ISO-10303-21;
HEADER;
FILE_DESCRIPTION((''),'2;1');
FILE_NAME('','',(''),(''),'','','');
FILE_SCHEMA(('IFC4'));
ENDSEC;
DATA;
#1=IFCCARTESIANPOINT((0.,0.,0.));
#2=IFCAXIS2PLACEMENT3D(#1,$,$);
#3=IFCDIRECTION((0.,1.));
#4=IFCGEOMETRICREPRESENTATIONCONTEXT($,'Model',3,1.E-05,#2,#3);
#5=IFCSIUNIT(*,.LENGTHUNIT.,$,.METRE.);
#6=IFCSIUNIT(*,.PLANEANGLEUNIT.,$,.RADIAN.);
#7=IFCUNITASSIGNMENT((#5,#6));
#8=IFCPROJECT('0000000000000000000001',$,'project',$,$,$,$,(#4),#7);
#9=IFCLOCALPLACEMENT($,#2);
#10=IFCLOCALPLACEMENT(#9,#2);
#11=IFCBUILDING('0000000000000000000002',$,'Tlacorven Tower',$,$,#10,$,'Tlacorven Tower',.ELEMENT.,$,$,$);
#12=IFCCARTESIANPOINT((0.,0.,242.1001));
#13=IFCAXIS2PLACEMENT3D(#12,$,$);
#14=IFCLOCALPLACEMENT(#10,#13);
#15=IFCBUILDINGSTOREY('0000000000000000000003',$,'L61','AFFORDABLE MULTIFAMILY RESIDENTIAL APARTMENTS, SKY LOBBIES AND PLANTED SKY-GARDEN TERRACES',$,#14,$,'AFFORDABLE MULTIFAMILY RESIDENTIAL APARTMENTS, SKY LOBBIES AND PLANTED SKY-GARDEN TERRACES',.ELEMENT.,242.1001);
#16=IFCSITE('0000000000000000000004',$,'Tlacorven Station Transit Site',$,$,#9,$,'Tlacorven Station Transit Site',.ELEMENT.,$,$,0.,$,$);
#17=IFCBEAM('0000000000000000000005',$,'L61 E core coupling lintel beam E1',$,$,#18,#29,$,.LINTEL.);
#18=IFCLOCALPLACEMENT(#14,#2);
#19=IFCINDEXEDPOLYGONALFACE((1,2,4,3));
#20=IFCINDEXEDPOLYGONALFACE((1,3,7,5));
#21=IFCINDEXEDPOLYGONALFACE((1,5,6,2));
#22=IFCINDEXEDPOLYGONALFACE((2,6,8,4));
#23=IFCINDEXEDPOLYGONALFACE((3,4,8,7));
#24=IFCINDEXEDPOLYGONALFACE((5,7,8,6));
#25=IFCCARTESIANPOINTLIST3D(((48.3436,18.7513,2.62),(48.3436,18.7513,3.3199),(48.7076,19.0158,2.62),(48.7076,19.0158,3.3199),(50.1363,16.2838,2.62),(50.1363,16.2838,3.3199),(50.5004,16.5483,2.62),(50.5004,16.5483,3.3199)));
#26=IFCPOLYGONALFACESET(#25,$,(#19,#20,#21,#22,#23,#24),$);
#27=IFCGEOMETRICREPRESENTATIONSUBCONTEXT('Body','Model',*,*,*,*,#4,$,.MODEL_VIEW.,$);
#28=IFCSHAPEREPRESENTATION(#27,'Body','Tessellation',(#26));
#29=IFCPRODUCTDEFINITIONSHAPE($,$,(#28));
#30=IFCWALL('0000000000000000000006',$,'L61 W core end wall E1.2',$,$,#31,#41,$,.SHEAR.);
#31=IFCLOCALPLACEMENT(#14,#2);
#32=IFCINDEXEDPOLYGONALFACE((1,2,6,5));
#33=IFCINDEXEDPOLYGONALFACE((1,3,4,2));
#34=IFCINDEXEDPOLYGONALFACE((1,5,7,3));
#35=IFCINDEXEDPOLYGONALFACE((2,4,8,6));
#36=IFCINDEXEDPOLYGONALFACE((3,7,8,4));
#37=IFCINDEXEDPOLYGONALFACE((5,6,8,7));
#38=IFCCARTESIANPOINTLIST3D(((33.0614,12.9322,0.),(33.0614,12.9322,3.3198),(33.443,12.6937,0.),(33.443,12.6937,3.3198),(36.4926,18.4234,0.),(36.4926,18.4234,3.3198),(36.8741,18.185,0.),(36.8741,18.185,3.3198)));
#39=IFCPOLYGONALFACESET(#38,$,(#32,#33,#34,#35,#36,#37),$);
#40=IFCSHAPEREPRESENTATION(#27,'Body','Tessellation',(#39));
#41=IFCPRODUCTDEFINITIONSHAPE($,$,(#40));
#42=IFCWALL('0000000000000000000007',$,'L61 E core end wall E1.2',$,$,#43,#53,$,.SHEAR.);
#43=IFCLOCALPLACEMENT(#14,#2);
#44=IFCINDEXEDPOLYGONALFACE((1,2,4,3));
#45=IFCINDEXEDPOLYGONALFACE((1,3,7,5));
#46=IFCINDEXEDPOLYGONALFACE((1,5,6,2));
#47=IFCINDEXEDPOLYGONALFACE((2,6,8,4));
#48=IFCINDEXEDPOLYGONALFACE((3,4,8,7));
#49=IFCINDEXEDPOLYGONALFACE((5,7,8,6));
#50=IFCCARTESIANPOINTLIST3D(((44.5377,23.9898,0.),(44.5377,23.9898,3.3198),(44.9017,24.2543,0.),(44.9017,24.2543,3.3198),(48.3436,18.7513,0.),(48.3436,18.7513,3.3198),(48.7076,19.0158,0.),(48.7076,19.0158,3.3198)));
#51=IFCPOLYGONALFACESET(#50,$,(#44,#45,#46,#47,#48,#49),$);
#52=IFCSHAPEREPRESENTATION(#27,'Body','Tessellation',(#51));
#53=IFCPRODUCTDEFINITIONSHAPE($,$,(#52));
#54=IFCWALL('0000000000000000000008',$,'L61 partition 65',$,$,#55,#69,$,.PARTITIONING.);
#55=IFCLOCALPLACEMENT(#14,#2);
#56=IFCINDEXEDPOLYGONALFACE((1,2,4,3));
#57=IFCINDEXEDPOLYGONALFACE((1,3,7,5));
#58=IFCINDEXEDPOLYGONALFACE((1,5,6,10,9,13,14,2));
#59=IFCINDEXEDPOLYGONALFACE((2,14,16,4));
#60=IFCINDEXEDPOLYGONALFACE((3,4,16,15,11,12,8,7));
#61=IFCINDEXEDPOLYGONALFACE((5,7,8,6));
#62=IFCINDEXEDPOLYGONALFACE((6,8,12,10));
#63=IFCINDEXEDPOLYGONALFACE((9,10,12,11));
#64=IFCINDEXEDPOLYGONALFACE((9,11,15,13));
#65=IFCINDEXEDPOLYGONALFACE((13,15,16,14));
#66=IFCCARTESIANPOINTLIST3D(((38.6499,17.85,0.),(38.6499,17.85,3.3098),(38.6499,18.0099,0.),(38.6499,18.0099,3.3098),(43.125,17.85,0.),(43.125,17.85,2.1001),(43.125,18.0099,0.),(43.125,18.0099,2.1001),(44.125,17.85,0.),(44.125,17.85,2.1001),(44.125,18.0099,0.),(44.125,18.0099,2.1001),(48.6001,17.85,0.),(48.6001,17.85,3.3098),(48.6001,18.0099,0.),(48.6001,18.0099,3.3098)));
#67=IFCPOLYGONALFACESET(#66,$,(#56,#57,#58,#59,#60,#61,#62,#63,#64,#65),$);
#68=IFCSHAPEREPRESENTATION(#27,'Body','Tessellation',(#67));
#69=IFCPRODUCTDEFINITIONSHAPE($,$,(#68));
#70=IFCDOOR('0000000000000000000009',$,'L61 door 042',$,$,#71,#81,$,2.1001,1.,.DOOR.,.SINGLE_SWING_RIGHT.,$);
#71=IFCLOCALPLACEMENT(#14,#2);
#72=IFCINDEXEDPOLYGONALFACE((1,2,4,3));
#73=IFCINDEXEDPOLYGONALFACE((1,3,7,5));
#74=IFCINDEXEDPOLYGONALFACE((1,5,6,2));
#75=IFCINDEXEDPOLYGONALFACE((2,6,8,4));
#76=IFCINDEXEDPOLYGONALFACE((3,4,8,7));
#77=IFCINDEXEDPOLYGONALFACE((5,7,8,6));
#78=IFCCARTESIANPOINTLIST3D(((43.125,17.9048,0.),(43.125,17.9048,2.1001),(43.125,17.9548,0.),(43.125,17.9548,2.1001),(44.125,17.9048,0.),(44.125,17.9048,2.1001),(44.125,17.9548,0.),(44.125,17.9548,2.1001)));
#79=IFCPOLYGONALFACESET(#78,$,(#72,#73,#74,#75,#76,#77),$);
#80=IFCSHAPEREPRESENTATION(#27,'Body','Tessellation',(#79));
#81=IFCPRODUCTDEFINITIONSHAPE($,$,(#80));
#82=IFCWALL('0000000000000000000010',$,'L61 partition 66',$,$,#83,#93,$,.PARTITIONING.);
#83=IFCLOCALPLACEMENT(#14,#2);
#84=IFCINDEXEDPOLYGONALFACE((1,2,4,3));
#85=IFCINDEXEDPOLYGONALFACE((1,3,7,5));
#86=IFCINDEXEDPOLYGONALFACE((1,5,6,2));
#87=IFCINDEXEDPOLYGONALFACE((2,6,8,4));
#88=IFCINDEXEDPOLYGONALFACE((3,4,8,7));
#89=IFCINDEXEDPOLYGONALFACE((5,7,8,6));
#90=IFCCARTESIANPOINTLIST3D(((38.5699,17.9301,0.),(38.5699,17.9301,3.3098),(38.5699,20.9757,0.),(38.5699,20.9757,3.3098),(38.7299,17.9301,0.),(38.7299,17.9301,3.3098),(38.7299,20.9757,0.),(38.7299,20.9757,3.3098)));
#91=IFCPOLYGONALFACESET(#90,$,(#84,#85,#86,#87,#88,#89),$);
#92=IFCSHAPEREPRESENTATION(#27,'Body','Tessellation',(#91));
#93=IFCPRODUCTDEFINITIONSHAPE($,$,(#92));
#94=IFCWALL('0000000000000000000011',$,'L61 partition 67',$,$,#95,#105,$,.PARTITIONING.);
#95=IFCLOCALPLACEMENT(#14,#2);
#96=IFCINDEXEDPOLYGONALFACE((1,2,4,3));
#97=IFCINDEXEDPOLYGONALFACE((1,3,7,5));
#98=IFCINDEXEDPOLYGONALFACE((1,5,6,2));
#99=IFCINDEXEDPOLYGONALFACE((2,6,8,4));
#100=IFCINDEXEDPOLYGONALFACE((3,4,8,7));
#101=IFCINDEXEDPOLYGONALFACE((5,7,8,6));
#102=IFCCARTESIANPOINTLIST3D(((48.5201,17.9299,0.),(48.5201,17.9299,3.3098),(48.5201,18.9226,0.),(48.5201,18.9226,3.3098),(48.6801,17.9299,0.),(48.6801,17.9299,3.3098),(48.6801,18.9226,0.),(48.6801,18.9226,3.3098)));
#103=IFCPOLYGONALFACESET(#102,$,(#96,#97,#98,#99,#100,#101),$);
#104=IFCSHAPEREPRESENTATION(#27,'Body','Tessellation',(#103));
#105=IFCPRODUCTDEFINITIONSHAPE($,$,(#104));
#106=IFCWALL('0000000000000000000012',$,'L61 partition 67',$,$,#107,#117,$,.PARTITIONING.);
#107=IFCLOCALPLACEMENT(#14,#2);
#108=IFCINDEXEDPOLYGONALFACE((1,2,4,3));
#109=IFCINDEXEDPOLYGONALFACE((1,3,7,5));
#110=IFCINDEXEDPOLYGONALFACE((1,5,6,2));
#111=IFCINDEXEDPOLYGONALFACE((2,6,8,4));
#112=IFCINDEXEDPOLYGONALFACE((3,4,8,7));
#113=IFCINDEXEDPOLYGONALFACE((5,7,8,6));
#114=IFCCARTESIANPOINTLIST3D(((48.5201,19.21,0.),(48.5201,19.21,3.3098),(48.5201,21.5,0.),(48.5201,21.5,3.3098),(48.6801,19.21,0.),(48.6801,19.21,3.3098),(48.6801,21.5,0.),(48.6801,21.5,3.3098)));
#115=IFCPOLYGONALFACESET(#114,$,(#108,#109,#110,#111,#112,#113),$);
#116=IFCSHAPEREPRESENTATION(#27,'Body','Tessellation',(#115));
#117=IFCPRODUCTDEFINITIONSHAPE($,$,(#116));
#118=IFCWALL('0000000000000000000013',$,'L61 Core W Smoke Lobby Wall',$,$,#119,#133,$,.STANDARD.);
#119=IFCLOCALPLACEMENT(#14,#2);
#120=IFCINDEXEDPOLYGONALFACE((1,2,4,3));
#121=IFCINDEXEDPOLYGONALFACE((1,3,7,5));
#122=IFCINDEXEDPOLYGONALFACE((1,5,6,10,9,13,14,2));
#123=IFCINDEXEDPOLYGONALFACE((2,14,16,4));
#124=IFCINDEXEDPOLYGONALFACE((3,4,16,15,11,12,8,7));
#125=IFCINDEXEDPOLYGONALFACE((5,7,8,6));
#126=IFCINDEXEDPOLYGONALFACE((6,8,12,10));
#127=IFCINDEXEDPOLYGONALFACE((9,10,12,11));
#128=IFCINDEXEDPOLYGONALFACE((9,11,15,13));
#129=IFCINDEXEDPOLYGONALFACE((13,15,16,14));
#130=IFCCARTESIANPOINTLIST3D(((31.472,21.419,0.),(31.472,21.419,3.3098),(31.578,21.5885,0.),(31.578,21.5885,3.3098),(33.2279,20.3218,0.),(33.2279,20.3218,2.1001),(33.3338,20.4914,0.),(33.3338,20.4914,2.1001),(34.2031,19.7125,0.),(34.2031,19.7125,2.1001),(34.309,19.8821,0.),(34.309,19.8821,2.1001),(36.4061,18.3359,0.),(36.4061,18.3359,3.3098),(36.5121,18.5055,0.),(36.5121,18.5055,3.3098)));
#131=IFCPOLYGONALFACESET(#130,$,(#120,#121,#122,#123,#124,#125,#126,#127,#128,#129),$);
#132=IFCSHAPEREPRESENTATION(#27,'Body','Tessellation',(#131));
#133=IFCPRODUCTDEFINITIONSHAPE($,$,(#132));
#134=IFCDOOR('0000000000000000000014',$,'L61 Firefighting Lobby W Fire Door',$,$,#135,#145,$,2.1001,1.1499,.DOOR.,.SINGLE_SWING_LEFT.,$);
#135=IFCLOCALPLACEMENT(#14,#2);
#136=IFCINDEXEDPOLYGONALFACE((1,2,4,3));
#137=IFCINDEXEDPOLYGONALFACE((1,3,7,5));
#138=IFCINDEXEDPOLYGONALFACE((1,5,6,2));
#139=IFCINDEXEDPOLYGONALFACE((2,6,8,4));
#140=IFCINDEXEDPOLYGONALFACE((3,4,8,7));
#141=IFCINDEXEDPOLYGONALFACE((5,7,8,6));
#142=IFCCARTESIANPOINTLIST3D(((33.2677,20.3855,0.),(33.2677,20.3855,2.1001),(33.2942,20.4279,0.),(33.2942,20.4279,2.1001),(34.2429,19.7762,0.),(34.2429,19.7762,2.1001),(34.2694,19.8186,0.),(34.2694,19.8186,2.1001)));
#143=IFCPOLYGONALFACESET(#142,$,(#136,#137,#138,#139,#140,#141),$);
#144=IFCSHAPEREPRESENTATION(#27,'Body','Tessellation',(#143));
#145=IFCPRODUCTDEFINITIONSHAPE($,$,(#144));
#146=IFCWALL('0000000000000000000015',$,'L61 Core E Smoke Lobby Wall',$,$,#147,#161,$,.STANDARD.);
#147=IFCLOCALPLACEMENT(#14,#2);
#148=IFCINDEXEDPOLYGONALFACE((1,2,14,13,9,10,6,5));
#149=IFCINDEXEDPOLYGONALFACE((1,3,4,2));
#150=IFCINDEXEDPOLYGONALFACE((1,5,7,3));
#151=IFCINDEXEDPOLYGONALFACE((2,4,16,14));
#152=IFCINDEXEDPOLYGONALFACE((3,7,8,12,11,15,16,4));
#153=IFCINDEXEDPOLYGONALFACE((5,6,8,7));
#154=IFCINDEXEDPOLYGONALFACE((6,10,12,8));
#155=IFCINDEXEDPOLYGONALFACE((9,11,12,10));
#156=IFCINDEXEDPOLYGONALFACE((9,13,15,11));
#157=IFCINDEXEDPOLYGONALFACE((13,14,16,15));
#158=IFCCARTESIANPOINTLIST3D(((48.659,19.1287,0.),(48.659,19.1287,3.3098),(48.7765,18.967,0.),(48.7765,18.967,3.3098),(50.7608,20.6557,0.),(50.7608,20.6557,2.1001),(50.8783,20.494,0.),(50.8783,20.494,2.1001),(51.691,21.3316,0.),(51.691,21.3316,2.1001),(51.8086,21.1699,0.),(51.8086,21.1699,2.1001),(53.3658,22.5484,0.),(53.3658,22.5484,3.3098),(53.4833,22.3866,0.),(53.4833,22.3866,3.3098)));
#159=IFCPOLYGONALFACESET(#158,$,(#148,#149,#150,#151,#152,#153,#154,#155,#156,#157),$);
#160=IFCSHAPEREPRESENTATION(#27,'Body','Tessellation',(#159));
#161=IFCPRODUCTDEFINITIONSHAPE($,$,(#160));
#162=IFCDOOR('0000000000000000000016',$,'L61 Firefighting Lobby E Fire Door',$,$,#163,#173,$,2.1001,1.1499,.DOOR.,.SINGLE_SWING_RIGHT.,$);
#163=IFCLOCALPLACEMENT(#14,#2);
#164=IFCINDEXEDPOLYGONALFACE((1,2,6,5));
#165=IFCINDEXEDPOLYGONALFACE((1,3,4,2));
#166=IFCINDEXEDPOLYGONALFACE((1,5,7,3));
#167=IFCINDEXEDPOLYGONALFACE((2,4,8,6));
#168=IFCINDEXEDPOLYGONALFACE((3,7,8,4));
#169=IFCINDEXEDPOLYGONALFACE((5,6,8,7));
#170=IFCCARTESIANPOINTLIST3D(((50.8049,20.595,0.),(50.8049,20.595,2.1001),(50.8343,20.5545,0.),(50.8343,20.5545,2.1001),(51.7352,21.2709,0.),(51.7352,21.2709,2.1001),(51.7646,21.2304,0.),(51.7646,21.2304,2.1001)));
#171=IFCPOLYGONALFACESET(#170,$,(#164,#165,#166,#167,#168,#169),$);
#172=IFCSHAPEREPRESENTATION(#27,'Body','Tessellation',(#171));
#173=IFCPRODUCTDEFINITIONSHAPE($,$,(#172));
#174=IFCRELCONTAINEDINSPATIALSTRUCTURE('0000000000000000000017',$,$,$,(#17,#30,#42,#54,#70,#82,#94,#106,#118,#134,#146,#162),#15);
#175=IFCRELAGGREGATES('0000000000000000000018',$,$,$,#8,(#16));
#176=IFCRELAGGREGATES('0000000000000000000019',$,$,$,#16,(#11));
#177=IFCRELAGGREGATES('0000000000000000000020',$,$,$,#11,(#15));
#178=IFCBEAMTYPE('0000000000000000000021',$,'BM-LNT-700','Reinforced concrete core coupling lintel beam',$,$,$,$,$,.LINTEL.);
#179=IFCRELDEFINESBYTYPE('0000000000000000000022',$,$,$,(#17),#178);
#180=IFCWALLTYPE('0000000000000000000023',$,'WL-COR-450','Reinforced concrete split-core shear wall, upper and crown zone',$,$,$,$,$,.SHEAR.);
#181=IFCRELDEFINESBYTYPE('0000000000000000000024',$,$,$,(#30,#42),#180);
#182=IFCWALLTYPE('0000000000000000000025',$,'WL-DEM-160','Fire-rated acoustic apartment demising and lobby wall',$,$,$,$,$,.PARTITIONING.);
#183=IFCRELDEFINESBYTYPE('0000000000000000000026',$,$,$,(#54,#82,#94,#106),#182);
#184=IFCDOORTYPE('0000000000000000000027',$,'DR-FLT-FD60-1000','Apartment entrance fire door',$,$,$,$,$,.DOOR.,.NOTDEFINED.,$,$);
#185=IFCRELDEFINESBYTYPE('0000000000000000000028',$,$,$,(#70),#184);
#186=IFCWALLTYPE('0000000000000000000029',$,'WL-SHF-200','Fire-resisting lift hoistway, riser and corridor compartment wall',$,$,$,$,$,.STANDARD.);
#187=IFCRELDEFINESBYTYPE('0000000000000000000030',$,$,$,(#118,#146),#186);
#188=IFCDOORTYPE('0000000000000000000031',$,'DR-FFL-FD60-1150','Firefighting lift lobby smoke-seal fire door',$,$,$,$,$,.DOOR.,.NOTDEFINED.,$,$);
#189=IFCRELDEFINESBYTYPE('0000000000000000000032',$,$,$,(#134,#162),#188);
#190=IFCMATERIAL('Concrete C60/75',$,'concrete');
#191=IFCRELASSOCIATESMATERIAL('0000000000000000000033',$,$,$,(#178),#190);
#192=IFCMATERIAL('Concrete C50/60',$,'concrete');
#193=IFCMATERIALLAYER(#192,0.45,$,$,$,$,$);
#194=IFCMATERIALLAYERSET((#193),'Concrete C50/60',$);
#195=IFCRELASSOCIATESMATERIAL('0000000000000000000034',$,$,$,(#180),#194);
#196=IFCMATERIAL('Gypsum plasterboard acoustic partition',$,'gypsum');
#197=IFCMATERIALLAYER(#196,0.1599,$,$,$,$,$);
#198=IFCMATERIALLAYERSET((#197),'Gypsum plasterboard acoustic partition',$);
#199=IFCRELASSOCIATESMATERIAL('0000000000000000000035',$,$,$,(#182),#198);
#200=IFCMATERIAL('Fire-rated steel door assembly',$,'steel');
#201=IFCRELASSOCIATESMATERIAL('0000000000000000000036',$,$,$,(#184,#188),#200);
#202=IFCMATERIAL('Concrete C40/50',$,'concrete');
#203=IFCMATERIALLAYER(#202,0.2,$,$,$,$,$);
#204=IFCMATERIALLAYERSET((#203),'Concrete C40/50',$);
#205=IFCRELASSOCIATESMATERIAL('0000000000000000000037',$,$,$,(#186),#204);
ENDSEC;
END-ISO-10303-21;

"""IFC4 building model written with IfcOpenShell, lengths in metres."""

from ifc_helpers import new_model, si_unit, direction, frame, frame_2d, origin, origin_2d, place, context, subcontext, project, spatial, rectangle, extrude, source, transform, mapped, material, layer, layer_set, material_profile, profile_set, type_object, element, fill, save


model = new_model("IFC4")

# Units and contexts
model_context = context("Model", 3, precision=1e-05, world=origin(), true_north=direction((0.0, 1.0)))
body_context = subcontext(model_context, "Body", "Model", "MODEL_VIEW")
ifc_project = project(units=[si_unit("LENGTHUNIT", "METRE"), si_unit("PLANEANGLEUNIT", "RADIAN")], contexts=[model_context])

# Site, building, storey
site_placement = place(None, origin())
site = spatial("IfcSite", under=ifc_project, at=site_placement, Name="Tlacorven Station Transit Site", LongName="Tlacorven Station Transit Site", CompositionType="ELEMENT", RefElevation=0.0)
building_placement = place(site_placement, origin())
building = spatial("IfcBuilding", under=site, at=building_placement, Name="Tlacorven Tower", LongName="Tlacorven Tower", CompositionType="ELEMENT")
storey_placement = place(building_placement, frame((0.0, 0.0, 242.1001)))
storey = spatial("IfcBuildingStorey", under=building, at=storey_placement, Name="L61", Description="AFFORDABLE MULTIFAMILY RESIDENTIAL APARTMENTS, SKY LOBBIES AND PLANTED SKY-GARDEN TERRACES", LongName="AFFORDABLE MULTIFAMILY RESIDENTIAL APARTMENTS, SKY LOBBIES AND PLANTED SKY-GARDEN TERRACES", CompositionType="ELEMENT", Elevation=242.1001)

# Beam
ifc_material_1 = material(Name="Concrete C60/75", Category="concrete")
ifc_material_profile = material_profile(ifc_material_1, rectangle(XDim=0.45, YDim=0.7, at=origin_2d()), Name="RC 450X700")
ifc_profile_set = profile_set([ifc_material_profile], Name="Concrete C60/75")
beam_type = type_object("IfcBeamType", Name="BM-LNT-700", Description="Reinforced concrete core coupling lintel beam", PredefinedType="LINTEL", material=ifc_profile_set)
shared_shape_1 = source(origin(), body_context, "Body", "SweptSolid", [
    extrude(rectangle(XDim=0.45, YDim=0.7, at=origin_2d()), origin(), (0.0, 0.0, 1.0), 3.05),
])
beam_placement = place(storey_placement, frame((50.3184, 16.416, 2.97), z_axis=(-0.587777, 0.809023, 0.0), x_axis=(-0.809023, -0.587777, 0.0)))
element("IfcBeam", 1, at=beam_placement, inside=storey, type_object=beam_type, Name="L61 E core coupling lintel beam E1", PredefinedType="LINTEL", context=body_context, shape_type="MappedRepresentation", body=[
    mapped(shared_shape_1, transform((0.0, 0.0, 0.0), scale=1.0)),
])

# Walls
ifc_material_2 = material(Name="Concrete C50/60", Category="concrete")
ifc_layer_1 = layer(ifc_material_2, 0.45)
ifc_layer_set_1 = layer_set([ifc_layer_1], Name="Concrete C50/60")
wall_type_1 = type_object("IfcWallType", Name="WL-COR-450", Description="Reinforced concrete split-core shear wall, upper and crown zone", PredefinedType="SHEAR", material=ifc_layer_set_1)
for number, where, z_axis, x_axis, name in (
    (2, (36.6833, 18.3042, 0.0), (0.0, 0.0, 1.0), (-0.529904, -0.848058, 0.0), "L61 W core end wall E1.2"),
    (3, (48.5256, 18.8835, 0.0), (0.0, 0.0, 1.0), (-0.587775, 0.809025, 0.0), "L61 E core end wall E1.2"),
):
    element("IfcWall", number, at=place(storey_placement, frame(where, z_axis=z_axis, x_axis=x_axis)), inside=storey, type_object=wall_type_1, Name=name, PredefinedType="SHEAR", context=body_context, shape_type="SweptSolid", body=[
        extrude(rectangle(XDim=6.4751, YDim=0.45, at=frame_2d((3.2375, 0.0))), origin(), (0.0, 0.0, 1.0), 3.3198),
    ])

# Wall, opening, door
ifc_material_3 = material(Name="Gypsum plasterboard acoustic partition", Category="gypsum")
ifc_layer_2 = layer(ifc_material_3, 0.1599)
ifc_layer_set_2 = layer_set([ifc_layer_2], Name="Gypsum plasterboard acoustic partition")
wall_type_2 = type_object("IfcWallType", Name="WL-DEM-160", Description="Fire-rated acoustic apartment demising and lobby wall", PredefinedType="PARTITIONING", material=ifc_layer_set_2)
wall_1_placement = place(storey_placement, frame((38.6499, 17.9299, 0.0), z_axis=(0.0, 0.0, 1.0), x_axis=(1.0, 0.0, 0.0)))
wall_1 = element("IfcWall", 4, at=wall_1_placement, inside=storey, type_object=wall_type_2, Name="L61 partition 65", PredefinedType="PARTITIONING", context=body_context, shape_type="SweptSolid", body=[
    extrude(rectangle(XDim=9.9502, YDim=0.1599, at=frame_2d((4.9751, 0.0))), origin(), (0.0, 0.0, 1.0), 3.3098),
])
opening_1_placement = place(wall_1_placement, frame((4.4751, 0.0, 0.0)))
opening_1 = element("IfcOpeningElement", 5, at=opening_1_placement, cuts=wall_1, PredefinedType="OPENING", context=body_context, shape_type="SweptSolid", body=[
    extrude(rectangle(XDim=1.0, YDim=2.1001, at=frame_2d((0.5, 1.05))), frame((0.0, 0.0898, 0.0), z_axis=(0.0, -1.0, 0.0), x_axis=(1.0, 0.0, 0.0)), (0.0, 0.0, 1.0), 0.1799),
])
ifc_material_4 = material(Name="Fire-rated steel door assembly", Category="steel")
door_type_1 = type_object("IfcDoorType", Name="DR-FLT-FD60-1000", Description="Apartment entrance fire door", OperationType="NOTDEFINED", PredefinedType="DOOR", material=ifc_material_4)
shared_shape_2 = source(origin(), body_context, "Body", "SweptSolid", [
    extrude(rectangle(XDim=1.0, YDim=2.1001, at=frame_2d((0.5, 1.05))), frame((0.0, 0.0249, 0.0), z_axis=(0.0, -1.0, 0.0), x_axis=(1.0, 0.0, 0.0)), (0.0, 0.0, 1.0), 0.05),
])
door_1_placement = place(opening_1_placement, origin())
door_1 = element("IfcDoor", 6, at=door_1_placement, inside=storey, type_object=door_type_1, Name="L61 door 042", OperationType="SINGLE_SWING_RIGHT", OverallHeight=2.1001, OverallWidth=1.0, PredefinedType="DOOR", context=body_context, shape_type="MappedRepresentation", body=[
    mapped(shared_shape_2, transform((0.0, 0.0, 0.0), scale=1.0)),
])
fill(opening_1, door_1)

# Walls
wall_2_placement = place(storey_placement, frame((38.6499, 17.9299, 0.0), z_axis=(0.0, 0.0, 1.0), x_axis=(0.0, 1.0, 0.0)))
element("IfcWall", 7, at=wall_2_placement, inside=storey, type_object=wall_type_2, Name="L61 partition 66", PredefinedType="PARTITIONING", context=body_context, shape_type="SweptSolid", body=[
    extrude(rectangle(XDim=3.0457, YDim=0.1599, at=frame_2d((1.5229, 0.0))), origin(), (0.0, 0.0, 1.0), 3.3098),
])
wall_3_placement = place(storey_placement, frame((48.6001, 17.9299, 0.0), z_axis=(0.0, 0.0, 1.0), x_axis=(0.0, 1.0, 0.0)))
element("IfcWall", 8, at=wall_3_placement, inside=storey, type_object=wall_type_2, Name="L61 partition 67", PredefinedType="PARTITIONING", context=body_context, shape_type="SweptSolid", body=[
    extrude(rectangle(XDim=0.9927, YDim=0.1599, at=frame_2d((0.4963, 0.0))), origin(), (0.0, 0.0, 1.0), 3.3098),
])
wall_4_placement = place(storey_placement, frame((48.6001, 19.21, 0.0), z_axis=(0.0, 0.0, 1.0), x_axis=(0.0, 1.0, 0.0)))
element("IfcWall", 9, at=wall_4_placement, inside=storey, type_object=wall_type_2, Name="L61 partition 67", PredefinedType="PARTITIONING", context=body_context, shape_type="SweptSolid", body=[
    extrude(rectangle(XDim=2.29, YDim=0.1599, at=frame_2d((1.145, 0.0))), origin(), (0.0, 0.0, 1.0), 3.3098),
])

# Walls, openings, doors
ifc_material_5 = material(Name="Concrete C40/50", Category="concrete")
ifc_layer_3 = layer(ifc_material_5, 0.2)
ifc_layer_set_3 = layer_set([ifc_layer_3], Name="Concrete C40/50")
wall_type_3 = type_object("IfcWallType", Name="WL-SHF-200", Description="Fire-resisting lift hoistway, riser and corridor compartment wall", PredefinedType="STANDARD", material=ifc_layer_set_3)
wall_5_placement = place(storey_placement, frame((36.4592, 18.4207, 0.0), z_axis=(0.0, 0.0, 1.0), x_axis=(-0.84806, 0.529901, 0.0)))
wall_5 = element("IfcWall", 10, at=wall_5_placement, inside=storey, type_object=wall_type_3, Name="L61 Core W Smoke Lobby Wall", PredefinedType="STANDARD", context=body_context, shape_type="SweptSolid", body=[
    extrude(rectangle(XDim=5.8181, YDim=0.2, at=frame_2d((2.9092, 0.0))), origin(), (0.0, 0.0, 1.0), 3.3098),
])
opening_2_placement = place(wall_5_placement, frame((2.5979, 0.0, 0.0)))
opening_2 = element("IfcOpeningElement", 11, at=opening_2_placement, cuts=wall_5, PredefinedType="OPENING", context=body_context, shape_type="SweptSolid", body=[
    extrude(rectangle(XDim=1.1499, YDim=2.1001, at=frame_2d((0.575, 1.05))), frame((0.0, 0.1099, 0.0), z_axis=(0.0, -1.0, 0.0), x_axis=(1.0, 0.0, 0.0)), (0.0, 0.0, 1.0), 0.22),
])
door_type_2 = type_object("IfcDoorType", Name="DR-FFL-FD60-1150", Description="Firefighting lift lobby smoke-seal fire door", OperationType="NOTDEFINED", PredefinedType="DOOR", material=ifc_material_4)
shared_shape_3 = source(origin(), body_context, "Body", "SweptSolid", [
    extrude(rectangle(XDim=1.1499, YDim=2.1001, at=frame_2d((0.575, 1.05))), frame((0.0, 0.0249, 0.0), z_axis=(0.0, -1.0, 0.0), x_axis=(1.0, 0.0, 0.0)), (0.0, 0.0, 1.0), 0.05),
])
door_2_placement = place(opening_2_placement, origin())
door_2 = element("IfcDoor", 12, at=door_2_placement, inside=storey, type_object=door_type_2, Name="L61 Firefighting Lobby W Fire Door", OperationType="SINGLE_SWING_LEFT", OverallHeight=2.1001, OverallWidth=1.1499, PredefinedType="DOOR", context=body_context, shape_type="MappedRepresentation", body=[
    mapped(shared_shape_3, transform((0.0, 0.0, 0.0), scale=1.0)),
])
fill(opening_2, door_2)
wall_6_placement = place(storey_placement, frame((48.7178, 19.0479, 0.0), z_axis=(0.0, 0.0, 1.0), x_axis=(0.809017, 0.587785, 0.0)))
wall_6 = element("IfcWall", 13, at=wall_6_placement, inside=storey, type_object=wall_type_3, Name="L61 Core E Smoke Lobby Wall", PredefinedType="STANDARD", context=body_context, shape_type="SweptSolid", body=[
    extrude(rectangle(XDim=5.8179, YDim=0.2, at=frame_2d((2.9089, 0.0))), origin(), (0.0, 0.0, 1.0), 3.3098),
])
opening_3_placement = place(wall_6_placement, frame((2.5979, 0.0, 0.0)))
opening_3 = element("IfcOpeningElement", 14, at=opening_3_placement, cuts=wall_6, PredefinedType="OPENING", context=body_context, shape_type="SweptSolid", body=[
    extrude(rectangle(XDim=1.1499, YDim=2.1001, at=frame_2d((0.575, 1.05))), frame((0.0, 0.1099, 0.0), z_axis=(0.0, -1.0, 0.0), x_axis=(1.0, 0.0, 0.0)), (0.0, 0.0, 1.0), 0.22),
])
door_3_placement = place(opening_3_placement, origin())
door_3 = element("IfcDoor", 15, at=door_3_placement, inside=storey, type_object=door_type_2, Name="L61 Firefighting Lobby E Fire Door", OperationType="SINGLE_SWING_RIGHT", OverallHeight=2.1001, OverallWidth=1.1499, PredefinedType="DOOR", context=body_context, shape_type="MappedRepresentation", body=[
    mapped(shared_shape_3, transform((0.0, 0.0, 0.0), scale=1.0)),
])
fill(opening_3, door_3)

save(model, "model.ifc")
